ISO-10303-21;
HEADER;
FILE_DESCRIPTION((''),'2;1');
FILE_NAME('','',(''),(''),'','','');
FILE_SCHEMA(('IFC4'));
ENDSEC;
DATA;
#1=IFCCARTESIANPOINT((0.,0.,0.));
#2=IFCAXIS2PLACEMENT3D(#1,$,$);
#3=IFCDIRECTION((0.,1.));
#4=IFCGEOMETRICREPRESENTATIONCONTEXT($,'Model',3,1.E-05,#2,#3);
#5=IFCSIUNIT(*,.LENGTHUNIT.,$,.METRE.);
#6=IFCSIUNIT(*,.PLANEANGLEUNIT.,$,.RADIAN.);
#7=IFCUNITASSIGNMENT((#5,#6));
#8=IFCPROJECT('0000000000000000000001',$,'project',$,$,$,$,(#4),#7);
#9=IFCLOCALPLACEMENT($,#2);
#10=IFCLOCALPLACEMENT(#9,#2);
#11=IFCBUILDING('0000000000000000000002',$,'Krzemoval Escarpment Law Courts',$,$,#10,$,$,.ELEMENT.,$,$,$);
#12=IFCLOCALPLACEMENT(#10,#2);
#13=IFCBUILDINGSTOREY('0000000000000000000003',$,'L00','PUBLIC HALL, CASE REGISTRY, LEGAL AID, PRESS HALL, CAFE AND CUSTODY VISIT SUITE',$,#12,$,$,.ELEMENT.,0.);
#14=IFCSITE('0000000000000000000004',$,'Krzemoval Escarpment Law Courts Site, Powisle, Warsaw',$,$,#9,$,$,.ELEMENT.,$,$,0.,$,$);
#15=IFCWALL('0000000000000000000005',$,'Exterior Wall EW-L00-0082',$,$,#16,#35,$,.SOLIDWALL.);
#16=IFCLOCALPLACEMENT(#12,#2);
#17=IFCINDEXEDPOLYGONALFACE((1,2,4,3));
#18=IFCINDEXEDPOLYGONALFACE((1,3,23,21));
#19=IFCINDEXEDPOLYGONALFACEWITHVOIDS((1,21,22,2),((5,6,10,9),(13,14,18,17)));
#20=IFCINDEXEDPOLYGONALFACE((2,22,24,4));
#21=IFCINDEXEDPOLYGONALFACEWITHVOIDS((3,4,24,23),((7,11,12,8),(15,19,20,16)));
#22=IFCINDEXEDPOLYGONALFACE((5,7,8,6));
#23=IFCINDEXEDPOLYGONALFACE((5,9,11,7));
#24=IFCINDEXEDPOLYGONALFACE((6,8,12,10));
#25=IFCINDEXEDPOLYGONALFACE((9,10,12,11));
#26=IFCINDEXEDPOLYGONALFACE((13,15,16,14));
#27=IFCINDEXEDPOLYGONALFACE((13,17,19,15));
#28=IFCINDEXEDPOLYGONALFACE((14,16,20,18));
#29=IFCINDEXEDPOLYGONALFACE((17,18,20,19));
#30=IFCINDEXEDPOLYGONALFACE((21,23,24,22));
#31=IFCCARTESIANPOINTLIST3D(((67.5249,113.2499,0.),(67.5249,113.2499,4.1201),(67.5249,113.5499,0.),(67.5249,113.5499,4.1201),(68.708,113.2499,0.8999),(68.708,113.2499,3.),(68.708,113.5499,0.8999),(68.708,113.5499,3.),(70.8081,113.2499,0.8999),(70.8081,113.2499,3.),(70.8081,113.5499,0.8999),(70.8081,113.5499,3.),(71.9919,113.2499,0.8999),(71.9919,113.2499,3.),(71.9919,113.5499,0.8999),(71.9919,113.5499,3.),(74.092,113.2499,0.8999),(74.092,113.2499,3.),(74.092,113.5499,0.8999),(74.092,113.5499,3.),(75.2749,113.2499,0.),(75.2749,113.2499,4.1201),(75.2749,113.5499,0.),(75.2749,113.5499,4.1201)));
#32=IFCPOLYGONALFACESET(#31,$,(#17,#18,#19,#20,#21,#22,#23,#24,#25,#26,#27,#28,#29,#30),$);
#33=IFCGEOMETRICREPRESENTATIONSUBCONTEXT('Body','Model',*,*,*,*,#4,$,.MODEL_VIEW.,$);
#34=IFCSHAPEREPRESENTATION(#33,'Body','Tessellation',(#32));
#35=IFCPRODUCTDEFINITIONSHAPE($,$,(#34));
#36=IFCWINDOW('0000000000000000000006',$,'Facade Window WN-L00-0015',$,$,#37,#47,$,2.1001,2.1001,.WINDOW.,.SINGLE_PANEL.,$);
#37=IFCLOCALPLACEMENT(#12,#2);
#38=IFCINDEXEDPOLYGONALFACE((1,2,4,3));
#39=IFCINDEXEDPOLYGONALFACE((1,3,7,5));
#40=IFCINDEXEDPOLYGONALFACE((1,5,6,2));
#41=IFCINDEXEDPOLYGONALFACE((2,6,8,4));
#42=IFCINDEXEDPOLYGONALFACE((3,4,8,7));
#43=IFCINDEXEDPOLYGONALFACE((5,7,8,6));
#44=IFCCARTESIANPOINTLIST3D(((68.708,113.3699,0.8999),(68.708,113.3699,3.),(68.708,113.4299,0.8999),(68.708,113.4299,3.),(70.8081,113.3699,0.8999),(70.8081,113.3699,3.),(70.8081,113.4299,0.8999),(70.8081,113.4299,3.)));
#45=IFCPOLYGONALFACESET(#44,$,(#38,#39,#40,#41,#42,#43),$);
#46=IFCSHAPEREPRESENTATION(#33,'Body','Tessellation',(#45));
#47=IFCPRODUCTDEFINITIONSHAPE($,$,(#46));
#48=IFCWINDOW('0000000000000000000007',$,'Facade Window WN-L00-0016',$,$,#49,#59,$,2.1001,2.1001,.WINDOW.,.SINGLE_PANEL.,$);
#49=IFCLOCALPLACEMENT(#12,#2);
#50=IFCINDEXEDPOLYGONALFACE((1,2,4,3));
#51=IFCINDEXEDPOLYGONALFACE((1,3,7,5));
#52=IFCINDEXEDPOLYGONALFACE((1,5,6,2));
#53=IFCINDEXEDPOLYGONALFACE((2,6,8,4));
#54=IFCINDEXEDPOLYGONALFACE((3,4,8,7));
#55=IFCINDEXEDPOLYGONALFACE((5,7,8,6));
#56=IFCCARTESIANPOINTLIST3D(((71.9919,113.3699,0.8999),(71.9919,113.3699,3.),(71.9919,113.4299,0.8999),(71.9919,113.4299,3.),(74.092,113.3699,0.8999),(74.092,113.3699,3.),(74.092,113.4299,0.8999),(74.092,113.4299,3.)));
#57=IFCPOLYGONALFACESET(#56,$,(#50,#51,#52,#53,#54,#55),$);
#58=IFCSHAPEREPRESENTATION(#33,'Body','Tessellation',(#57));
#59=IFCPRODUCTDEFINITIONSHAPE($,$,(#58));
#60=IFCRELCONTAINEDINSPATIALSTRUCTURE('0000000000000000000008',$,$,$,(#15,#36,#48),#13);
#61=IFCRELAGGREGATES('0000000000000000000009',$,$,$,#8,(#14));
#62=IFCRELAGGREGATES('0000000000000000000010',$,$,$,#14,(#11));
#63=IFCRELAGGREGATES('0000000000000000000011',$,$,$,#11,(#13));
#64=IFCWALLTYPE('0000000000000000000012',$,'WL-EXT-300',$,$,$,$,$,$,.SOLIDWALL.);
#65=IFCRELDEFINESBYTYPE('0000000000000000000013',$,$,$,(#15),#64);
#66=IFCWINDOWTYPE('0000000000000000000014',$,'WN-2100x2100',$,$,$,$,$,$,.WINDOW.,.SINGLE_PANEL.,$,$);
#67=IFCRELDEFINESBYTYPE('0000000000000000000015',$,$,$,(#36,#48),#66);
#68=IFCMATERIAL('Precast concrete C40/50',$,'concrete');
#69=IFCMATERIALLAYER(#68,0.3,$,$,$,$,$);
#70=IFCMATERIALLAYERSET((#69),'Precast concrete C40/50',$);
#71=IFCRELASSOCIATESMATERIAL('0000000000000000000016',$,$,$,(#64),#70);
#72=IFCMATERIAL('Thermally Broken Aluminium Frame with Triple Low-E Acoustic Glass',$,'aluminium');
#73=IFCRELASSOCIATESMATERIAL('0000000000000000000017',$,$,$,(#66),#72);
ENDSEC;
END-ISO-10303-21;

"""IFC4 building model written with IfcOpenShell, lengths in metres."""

from ifc_helpers import new_model, si_unit, direction, frame, frame_2d, origin, place, context, subcontext, project, spatial, rectangle, extrude, material, layer, layer_set, type_object, element, fill, save


model = new_model("IFC4")

# Units and contexts
model_context = context("Model", 3, precision=1e-05, world=origin(), true_north=direction((0.0, 1.0)))
body_context = subcontext(model_context, "Body", "Model", "MODEL_VIEW")
ifc_project = project(units=[si_unit("LENGTHUNIT", "METRE"), si_unit("PLANEANGLEUNIT", "RADIAN")], contexts=[model_context])

# Site, building, storey
site_placement = place(None, origin())
site = spatial("IfcSite", under=ifc_project, at=site_placement, Name="Krzemoval Escarpment Law Courts Site, Powisle, Warsaw", CompositionType="ELEMENT", RefElevation=0.0)
building_placement = place(site_placement, origin())
building = spatial("IfcBuilding", under=site, at=building_placement, Name="Krzemoval Escarpment Law Courts", CompositionType="ELEMENT")
storey_placement = place(building_placement, origin())
storey = spatial("IfcBuildingStorey", under=building, at=storey_placement, Name="L00", Description="PUBLIC HALL, CASE REGISTRY, LEGAL AID, PRESS HALL, CAFE AND CUSTODY VISIT SUITE", CompositionType="ELEMENT", Elevation=0.0)

# Wall, openings, windows
ifc_material_1 = material(Name="Precast concrete C40/50", Category="concrete")
ifc_layer_1 = layer(ifc_material_1, 0.3)
ifc_layer_set_1 = layer_set([ifc_layer_1], Name="Precast concrete C40/50")
wall_type = type_object("IfcWallType", Name="WL-EXT-300", PredefinedType="SOLIDWALL", material=ifc_layer_set_1)
wall_placement = place(storey_placement, frame((67.5249, 113.3999, 0.0), z_axis=(0.0, 0.0, 1.0), x_axis=(1.0, 0.0, 0.0)))
wall = element("IfcWall", 1, at=wall_placement, inside=storey, type_object=wall_type, Name="Exterior Wall EW-L00-0082", PredefinedType="SOLIDWALL", context=body_context, shape_type="SweptSolid", body=[
    extrude(rectangle(XDim=7.75, YDim=0.3, at=frame_2d((3.875, 0.0))), origin(), (0.0, 0.0, 1.0), 4.1201),
])
opening_1_placement = place(wall_placement, frame((1.1831, 0.0, 0.8999)))
opening_1 = element("IfcOpeningElement", 2, at=opening_1_placement, cuts=wall, PredefinedType="OPENING", context=body_context, shape_type="SweptSolid", body=[
    extrude(rectangle(XDim=2.1001, YDim=2.1001, at=frame_2d((1.05, 1.05))), frame((0.0, 0.165, 0.0), z_axis=(0.0, -1.0, 0.0), x_axis=(1.0, 0.0, 0.0)), (0.0, 0.0, 1.0), 0.3301),
])
opening_2_placement = place(wall_placement, frame((4.467, 0.0, 0.8999)))
opening_2 = element("IfcOpeningElement", 3, at=opening_2_placement, cuts=wall, PredefinedType="OPENING", context=body_context, shape_type="SweptSolid", body=[
    extrude(rectangle(XDim=2.1001, YDim=2.1001, at=frame_2d((1.05, 1.05))), frame((0.0, 0.165, 0.0), z_axis=(0.0, -1.0, 0.0), x_axis=(1.0, 0.0, 0.0)), (0.0, 0.0, 1.0), 0.3301),
])
ifc_material_2 = material(Name="Thermally Broken Aluminium Frame with Triple Low-E Acoustic Glass", Category="aluminium")
window_type = type_object("IfcWindowType", Name="WN-2100x2100", PartitioningType="SINGLE_PANEL", PredefinedType="WINDOW", material=ifc_material_2)
window_1_placement = place(opening_1_placement, origin())
window_1 = element("IfcWindow", 4, at=window_1_placement, inside=storey, type_object=window_type, Name="Facade Window WN-L00-0015", OverallHeight=2.1001, OverallWidth=2.1001, PartitioningType="SINGLE_PANEL", PredefinedType="WINDOW", context=body_context, shape_type="SweptSolid", body=[
    extrude(rectangle(XDim=2.1001, YDim=2.1001, at=frame_2d((1.05, 1.05))), frame((0.0, 0.03, 0.0), z_axis=(0.0, -1.0, 0.0), x_axis=(1.0, 0.0, 0.0)), (0.0, 0.0, 1.0), 0.0601),
])
fill(opening_1, window_1)
window_2_placement = place(opening_2_placement, origin())
window_2 = element("IfcWindow", 5, at=window_2_placement, inside=storey, type_object=window_type, Name="Facade Window WN-L00-0016", OverallHeight=2.1001, OverallWidth=2.1001, PartitioningType="SINGLE_PANEL", PredefinedType="WINDOW", context=body_context, shape_type="SweptSolid", body=[
    extrude(rectangle(XDim=2.1001, YDim=2.1001, at=frame_2d((1.05, 1.05))), frame((0.0, 0.03, 0.0), z_axis=(0.0, -1.0, 0.0), x_axis=(1.0, 0.0, 0.0)), (0.0, 0.0, 1.0), 0.0601),
])
fill(opening_2, window_2)

save(model, "model.ifc")
